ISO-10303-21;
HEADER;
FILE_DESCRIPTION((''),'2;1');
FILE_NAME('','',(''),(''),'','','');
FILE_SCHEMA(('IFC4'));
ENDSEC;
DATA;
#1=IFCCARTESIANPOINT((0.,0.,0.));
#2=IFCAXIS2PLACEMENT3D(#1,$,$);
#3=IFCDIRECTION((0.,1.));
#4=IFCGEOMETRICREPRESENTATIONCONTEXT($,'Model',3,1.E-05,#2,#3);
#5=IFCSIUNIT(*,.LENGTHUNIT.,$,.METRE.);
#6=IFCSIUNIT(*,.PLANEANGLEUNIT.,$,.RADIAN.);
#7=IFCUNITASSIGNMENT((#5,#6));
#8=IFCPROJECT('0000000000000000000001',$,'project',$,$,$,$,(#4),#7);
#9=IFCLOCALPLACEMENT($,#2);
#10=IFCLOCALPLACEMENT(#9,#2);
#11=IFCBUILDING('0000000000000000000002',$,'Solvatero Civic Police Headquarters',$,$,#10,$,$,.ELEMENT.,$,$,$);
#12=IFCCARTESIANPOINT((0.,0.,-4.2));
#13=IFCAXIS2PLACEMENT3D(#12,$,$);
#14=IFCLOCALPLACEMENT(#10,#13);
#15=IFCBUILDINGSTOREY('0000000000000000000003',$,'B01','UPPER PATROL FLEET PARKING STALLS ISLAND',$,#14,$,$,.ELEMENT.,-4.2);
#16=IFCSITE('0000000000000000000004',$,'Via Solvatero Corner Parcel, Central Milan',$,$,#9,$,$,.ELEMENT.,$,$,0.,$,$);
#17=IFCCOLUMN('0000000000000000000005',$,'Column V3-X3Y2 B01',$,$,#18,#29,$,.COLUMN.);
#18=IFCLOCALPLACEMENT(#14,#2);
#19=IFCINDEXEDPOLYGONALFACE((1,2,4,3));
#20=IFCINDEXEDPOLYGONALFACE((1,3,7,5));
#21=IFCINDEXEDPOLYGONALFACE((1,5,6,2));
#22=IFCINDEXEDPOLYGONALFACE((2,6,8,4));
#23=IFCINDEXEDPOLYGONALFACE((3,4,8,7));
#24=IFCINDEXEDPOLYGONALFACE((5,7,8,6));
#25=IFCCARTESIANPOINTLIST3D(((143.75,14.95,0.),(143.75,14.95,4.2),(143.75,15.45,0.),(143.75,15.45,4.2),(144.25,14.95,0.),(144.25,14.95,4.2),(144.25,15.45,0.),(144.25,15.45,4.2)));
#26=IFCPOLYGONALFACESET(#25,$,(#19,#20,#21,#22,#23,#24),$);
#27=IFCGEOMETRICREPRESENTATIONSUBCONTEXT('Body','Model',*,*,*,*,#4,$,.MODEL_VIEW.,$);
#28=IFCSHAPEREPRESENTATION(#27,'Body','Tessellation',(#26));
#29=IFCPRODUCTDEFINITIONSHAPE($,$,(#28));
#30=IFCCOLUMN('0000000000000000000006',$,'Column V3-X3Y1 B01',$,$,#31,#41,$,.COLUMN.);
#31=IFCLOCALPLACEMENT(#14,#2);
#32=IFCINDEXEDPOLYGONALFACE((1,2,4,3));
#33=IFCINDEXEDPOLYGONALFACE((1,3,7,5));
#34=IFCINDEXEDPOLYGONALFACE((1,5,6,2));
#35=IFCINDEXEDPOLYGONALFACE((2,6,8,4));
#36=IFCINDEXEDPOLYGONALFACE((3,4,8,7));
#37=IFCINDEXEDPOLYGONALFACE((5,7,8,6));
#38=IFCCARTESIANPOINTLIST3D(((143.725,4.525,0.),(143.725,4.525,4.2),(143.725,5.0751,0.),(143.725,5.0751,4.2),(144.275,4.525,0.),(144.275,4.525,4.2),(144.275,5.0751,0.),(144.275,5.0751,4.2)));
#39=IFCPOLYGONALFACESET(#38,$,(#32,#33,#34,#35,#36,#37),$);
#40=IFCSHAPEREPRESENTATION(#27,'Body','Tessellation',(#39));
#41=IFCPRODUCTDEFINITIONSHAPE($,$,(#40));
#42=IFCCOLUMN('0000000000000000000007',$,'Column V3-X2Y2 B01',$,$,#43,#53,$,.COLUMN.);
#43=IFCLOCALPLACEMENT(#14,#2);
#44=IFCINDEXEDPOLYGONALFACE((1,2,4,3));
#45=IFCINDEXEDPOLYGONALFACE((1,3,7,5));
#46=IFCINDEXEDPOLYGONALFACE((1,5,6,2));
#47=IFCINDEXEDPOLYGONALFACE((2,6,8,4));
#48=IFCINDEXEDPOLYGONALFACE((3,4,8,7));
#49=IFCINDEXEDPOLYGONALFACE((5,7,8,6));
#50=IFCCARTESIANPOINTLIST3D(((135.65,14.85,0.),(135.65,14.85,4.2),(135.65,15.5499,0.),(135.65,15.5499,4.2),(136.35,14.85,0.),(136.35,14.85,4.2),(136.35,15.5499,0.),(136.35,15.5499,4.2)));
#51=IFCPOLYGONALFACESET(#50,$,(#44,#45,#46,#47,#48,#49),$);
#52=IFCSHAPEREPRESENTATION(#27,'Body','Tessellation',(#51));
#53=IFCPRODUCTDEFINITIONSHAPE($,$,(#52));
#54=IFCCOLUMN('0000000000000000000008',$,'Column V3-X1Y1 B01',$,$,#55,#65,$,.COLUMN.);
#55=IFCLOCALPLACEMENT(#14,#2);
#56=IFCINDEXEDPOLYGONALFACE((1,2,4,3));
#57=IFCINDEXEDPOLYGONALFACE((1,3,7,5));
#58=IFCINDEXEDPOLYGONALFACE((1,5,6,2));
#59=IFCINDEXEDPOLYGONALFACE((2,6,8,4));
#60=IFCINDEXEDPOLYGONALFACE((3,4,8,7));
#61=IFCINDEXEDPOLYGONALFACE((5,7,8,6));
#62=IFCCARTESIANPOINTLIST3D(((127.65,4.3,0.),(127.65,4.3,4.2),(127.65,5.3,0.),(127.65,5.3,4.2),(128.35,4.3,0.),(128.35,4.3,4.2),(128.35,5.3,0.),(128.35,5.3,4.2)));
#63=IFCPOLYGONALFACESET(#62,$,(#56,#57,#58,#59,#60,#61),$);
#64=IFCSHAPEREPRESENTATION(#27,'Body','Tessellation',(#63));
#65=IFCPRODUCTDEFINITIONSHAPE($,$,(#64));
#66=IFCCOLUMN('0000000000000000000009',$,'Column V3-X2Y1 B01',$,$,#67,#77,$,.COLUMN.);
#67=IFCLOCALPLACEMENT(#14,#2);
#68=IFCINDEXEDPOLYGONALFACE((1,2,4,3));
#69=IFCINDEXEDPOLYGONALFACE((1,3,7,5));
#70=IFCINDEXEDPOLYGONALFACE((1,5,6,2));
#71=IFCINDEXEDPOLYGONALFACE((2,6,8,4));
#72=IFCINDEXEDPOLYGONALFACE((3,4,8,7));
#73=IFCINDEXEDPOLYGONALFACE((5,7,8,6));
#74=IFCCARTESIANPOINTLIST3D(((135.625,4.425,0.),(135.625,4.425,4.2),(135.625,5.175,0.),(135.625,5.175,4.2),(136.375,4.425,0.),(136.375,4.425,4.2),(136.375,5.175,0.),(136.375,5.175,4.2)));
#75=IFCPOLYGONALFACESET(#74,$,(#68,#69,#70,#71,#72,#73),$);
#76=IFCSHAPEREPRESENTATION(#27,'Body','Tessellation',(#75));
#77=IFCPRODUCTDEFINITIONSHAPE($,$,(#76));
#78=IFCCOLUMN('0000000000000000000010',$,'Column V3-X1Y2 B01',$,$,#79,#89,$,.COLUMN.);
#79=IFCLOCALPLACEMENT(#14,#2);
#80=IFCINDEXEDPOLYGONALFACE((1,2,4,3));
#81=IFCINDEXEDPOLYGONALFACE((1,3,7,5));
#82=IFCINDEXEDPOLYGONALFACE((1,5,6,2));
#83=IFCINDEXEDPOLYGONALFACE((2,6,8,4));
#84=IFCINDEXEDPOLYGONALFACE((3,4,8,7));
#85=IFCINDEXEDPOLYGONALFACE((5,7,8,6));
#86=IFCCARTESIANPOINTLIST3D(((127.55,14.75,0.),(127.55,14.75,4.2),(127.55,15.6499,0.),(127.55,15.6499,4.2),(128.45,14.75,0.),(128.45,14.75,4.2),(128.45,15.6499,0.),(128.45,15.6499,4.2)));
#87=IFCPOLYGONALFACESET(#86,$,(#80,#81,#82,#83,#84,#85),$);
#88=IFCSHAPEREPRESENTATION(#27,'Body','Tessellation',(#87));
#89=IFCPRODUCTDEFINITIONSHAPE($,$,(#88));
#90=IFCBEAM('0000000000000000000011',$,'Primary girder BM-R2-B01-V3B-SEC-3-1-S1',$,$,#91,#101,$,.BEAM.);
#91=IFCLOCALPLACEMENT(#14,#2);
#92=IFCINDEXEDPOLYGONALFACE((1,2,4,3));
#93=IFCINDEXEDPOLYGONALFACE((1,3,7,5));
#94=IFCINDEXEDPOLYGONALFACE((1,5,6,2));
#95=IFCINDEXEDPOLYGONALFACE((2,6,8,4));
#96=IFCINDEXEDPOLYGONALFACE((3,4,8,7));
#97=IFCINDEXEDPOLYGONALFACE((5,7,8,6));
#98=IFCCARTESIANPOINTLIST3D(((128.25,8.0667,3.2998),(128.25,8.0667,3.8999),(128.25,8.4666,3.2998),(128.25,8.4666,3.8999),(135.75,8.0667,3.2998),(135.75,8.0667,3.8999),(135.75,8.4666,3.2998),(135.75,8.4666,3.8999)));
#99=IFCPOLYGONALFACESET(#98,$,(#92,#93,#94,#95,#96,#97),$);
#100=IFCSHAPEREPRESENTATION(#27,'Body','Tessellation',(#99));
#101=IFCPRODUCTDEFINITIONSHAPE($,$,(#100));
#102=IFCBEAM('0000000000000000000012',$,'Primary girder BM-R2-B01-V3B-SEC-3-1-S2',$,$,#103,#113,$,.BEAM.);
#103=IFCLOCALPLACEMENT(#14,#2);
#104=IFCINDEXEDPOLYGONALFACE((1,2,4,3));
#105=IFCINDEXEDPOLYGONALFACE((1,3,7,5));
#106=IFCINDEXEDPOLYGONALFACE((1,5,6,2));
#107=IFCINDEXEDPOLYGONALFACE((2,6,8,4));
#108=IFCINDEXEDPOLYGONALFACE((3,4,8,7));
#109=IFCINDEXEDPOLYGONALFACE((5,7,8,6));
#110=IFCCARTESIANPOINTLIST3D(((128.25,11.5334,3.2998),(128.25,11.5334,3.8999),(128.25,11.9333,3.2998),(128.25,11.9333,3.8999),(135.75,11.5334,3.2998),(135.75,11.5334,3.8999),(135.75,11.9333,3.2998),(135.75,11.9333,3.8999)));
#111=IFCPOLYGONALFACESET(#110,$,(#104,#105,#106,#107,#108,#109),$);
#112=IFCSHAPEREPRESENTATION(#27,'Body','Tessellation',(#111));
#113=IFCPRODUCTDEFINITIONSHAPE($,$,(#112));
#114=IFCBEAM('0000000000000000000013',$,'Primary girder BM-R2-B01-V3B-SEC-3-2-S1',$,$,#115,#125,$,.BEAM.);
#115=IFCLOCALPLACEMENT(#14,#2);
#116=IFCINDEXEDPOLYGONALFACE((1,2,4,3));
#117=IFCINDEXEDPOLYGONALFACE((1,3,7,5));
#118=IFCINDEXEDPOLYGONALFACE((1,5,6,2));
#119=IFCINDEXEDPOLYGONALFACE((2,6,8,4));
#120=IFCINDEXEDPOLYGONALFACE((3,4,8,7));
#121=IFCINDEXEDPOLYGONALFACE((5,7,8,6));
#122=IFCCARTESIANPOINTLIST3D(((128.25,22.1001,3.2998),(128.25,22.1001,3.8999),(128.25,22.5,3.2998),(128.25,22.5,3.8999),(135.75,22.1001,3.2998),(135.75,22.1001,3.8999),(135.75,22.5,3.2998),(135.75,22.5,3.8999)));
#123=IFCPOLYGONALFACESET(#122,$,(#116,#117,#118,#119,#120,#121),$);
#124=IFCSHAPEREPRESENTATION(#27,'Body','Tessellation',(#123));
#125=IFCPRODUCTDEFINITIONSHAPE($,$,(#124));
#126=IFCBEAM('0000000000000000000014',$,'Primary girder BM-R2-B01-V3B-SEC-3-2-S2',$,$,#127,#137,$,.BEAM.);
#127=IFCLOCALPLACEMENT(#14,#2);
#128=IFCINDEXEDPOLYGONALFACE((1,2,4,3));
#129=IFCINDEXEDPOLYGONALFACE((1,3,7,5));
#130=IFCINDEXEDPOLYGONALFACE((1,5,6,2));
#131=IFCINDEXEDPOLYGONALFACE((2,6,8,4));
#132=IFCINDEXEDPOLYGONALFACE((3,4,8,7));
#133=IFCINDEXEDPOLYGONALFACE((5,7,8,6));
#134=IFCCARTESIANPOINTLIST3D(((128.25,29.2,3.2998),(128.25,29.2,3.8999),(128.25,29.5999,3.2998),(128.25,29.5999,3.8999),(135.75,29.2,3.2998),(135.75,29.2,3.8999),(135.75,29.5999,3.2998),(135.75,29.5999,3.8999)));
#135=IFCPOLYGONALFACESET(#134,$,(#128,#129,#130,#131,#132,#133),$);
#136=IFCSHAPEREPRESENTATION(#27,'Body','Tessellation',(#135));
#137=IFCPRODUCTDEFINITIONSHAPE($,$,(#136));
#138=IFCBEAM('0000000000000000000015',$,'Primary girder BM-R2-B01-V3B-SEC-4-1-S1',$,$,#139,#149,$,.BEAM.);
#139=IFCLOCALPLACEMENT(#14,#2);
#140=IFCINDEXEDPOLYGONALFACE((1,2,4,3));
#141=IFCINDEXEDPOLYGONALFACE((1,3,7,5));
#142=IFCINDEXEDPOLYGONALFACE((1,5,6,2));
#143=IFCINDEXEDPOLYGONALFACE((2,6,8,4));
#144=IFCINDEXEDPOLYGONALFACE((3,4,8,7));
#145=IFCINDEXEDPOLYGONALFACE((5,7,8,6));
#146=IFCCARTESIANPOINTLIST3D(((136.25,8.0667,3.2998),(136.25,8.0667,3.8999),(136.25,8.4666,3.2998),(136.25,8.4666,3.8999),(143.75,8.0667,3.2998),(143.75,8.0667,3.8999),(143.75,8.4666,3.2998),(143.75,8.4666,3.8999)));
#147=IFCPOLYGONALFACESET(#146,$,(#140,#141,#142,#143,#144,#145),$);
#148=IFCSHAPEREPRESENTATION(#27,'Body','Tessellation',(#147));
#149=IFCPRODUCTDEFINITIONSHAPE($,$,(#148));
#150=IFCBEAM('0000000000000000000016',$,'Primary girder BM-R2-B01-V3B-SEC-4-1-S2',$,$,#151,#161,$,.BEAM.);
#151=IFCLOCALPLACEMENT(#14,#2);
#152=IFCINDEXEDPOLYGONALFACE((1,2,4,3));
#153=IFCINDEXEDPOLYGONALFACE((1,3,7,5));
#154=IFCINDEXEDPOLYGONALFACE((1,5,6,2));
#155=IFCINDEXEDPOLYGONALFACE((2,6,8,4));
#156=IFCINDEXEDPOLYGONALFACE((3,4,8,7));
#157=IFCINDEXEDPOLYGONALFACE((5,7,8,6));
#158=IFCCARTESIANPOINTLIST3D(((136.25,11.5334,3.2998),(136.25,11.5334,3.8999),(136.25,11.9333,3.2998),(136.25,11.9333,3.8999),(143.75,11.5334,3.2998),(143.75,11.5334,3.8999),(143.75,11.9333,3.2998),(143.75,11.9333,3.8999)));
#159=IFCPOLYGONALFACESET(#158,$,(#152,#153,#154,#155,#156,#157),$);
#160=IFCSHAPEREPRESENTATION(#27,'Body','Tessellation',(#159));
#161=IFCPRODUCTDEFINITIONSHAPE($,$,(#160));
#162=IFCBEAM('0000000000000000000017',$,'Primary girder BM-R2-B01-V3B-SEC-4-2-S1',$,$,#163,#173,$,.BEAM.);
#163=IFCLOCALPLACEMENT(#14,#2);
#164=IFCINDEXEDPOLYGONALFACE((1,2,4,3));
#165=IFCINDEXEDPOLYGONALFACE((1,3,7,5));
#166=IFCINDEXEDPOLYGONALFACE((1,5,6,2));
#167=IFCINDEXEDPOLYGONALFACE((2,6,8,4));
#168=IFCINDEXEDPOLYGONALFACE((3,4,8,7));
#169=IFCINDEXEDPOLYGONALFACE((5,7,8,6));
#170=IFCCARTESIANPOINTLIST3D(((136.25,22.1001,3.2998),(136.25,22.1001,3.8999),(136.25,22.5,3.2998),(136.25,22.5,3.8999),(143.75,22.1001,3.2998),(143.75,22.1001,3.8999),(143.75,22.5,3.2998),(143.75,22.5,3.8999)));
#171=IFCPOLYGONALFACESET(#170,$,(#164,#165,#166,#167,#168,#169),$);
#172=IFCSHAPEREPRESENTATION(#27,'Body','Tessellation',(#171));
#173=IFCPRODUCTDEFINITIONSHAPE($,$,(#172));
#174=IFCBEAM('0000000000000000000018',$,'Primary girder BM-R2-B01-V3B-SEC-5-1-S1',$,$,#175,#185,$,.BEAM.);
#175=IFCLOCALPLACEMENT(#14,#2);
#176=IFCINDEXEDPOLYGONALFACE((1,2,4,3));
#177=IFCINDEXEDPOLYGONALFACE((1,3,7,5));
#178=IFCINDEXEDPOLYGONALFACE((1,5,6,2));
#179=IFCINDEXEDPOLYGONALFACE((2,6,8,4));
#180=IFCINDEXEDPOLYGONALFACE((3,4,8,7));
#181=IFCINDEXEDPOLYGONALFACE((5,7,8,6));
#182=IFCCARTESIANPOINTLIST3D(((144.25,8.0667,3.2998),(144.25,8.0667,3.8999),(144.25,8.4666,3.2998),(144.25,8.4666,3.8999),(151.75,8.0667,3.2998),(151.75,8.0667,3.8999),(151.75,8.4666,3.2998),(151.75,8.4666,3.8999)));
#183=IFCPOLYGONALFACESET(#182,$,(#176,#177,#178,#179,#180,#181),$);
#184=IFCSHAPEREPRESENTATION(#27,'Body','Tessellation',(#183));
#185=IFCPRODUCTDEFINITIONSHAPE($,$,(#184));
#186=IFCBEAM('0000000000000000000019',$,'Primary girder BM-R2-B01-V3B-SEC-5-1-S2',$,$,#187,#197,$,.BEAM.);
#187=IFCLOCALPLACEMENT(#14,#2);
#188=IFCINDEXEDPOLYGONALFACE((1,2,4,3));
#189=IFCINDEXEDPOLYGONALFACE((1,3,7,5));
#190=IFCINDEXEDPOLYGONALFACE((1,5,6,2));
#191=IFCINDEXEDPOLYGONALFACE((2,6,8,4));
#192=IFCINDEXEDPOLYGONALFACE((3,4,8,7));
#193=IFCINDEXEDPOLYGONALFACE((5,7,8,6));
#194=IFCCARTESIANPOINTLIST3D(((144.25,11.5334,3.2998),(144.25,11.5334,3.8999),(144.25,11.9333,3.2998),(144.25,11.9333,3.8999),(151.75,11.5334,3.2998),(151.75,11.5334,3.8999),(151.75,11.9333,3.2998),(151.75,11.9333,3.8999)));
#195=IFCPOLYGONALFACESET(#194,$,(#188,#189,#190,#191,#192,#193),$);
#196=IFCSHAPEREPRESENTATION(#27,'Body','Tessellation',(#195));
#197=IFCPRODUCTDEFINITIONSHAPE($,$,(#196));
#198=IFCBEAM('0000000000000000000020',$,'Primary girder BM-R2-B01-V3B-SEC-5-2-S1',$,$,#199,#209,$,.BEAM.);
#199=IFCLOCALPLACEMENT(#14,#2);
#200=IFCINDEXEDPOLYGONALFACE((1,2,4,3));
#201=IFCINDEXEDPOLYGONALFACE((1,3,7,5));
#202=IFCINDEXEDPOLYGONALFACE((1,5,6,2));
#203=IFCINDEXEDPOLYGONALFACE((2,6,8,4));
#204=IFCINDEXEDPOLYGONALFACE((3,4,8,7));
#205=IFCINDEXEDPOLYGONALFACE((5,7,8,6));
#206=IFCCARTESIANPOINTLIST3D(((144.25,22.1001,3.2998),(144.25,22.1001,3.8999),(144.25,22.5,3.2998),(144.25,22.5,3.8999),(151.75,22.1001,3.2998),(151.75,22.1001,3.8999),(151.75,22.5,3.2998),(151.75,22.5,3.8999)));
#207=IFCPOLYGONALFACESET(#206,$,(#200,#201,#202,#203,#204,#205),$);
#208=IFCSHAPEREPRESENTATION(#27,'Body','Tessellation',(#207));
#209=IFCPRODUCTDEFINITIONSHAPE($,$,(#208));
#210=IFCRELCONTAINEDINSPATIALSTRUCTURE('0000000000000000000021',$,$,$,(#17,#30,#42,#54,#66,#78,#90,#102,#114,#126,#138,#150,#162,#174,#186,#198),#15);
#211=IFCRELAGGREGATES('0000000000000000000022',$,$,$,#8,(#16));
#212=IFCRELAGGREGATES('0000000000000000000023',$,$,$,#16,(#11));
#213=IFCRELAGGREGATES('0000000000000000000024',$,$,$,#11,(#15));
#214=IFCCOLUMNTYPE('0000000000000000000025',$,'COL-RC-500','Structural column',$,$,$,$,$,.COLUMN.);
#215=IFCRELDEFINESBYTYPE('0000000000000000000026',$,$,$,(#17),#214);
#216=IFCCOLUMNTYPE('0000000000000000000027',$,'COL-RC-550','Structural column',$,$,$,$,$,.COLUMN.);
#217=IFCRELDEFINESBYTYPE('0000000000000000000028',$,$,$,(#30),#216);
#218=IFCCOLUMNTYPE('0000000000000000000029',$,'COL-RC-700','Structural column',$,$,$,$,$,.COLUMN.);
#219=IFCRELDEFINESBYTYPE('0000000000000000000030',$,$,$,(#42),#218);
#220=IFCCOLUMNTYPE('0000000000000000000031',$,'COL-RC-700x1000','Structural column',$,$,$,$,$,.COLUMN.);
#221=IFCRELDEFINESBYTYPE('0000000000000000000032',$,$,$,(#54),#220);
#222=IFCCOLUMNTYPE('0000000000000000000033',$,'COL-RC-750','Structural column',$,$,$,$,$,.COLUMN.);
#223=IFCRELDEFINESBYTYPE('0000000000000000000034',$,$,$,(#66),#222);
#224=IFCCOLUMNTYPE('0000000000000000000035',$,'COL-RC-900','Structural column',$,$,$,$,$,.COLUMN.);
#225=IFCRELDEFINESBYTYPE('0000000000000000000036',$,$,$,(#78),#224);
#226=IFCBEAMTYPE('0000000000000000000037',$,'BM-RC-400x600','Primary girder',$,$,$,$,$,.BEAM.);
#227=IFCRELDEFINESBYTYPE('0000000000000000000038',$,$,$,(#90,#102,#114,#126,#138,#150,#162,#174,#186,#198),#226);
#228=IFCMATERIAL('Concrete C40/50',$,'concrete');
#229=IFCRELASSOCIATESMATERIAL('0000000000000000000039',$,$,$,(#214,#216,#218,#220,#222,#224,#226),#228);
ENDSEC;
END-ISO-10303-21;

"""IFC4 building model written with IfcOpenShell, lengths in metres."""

from ifc_helpers import new_model, si_unit, direction, frame, origin, origin_2d, place, context, subcontext, project, spatial, rectangle, extrude, material, material_profile, profile_set, type_object, element, save


model = new_model("IFC4")

# Units and contexts
model_context = context("Model", 3, precision=1e-05, world=origin(), true_north=direction((0.0, 1.0)))
body_context = subcontext(model_context, "Body", "Model", "MODEL_VIEW")
ifc_project = project(units=[si_unit("LENGTHUNIT", "METRE"), si_unit("PLANEANGLEUNIT", "RADIAN")], contexts=[model_context])

# Site, building, storey
site_placement = place(None, origin())
site = spatial("IfcSite", under=ifc_project, at=site_placement, Name="Via Solvatero Corner Parcel, Central Milan", CompositionType="ELEMENT", RefElevation=0.0)
building_placement = place(site_placement, origin())
building = spatial("IfcBuilding", under=site, at=building_placement, Name="Solvatero Civic Police Headquarters", CompositionType="ELEMENT")
storey_placement = place(building_placement, frame((0.0, 0.0, -4.2)))
storey = spatial("IfcBuildingStorey", under=building, at=storey_placement, Name="B01", Description="UPPER PATROL FLEET PARKING STALLS ISLAND", CompositionType="ELEMENT", Elevation=-4.2)

# Columns
ifc_material_1 = material(Name="Concrete C40/50", Category="concrete")
ifc_material_profile_1 = material_profile(ifc_material_1, rectangle(XDim=0.5, YDim=0.5, at=origin_2d()), Name="RC 500x500")
ifc_profile_set_1 = profile_set([ifc_material_profile_1], Name="Concrete C40/50")
column_type_1 = type_object("IfcColumnType", Name="COL-RC-500", Description="Structural column", PredefinedType="COLUMN", material=ifc_profile_set_1)
column_1_placement = place(storey_placement, frame((144.0, 15.2, 0.0), z_axis=(0.0, 0.0, 1.0), x_axis=(1.0, 0.0, 0.0)))
element("IfcColumn", 1, at=column_1_placement, inside=storey, type_object=column_type_1, Name="Column V3-X3Y2 B01", PredefinedType="COLUMN", context=body_context, shape_type="SweptSolid", body=[
    extrude(rectangle(XDim=0.5, YDim=0.5, at=origin_2d()), origin(), (0.0, 0.0, 1.0), 4.2),
])
ifc_material_profile_2 = material_profile(ifc_material_1, rectangle(XDim=0.55, YDim=0.55, at=origin_2d()), Name="RC 550x550")
ifc_profile_set_2 = profile_set([ifc_material_profile_2], Name="Concrete C40/50")
column_type_2 = type_object("IfcColumnType", Name="COL-RC-550", Description="Structural column", PredefinedType="COLUMN", material=ifc_profile_set_2)
column_2_placement = place(storey_placement, frame((144.0, 4.8, 0.0), z_axis=(0.0, 0.0, 1.0), x_axis=(1.0, 0.0, 0.0)))
element("IfcColumn", 2, at=column_2_placement, inside=storey, type_object=column_type_2, Name="Column V3-X3Y1 B01", PredefinedType="COLUMN", context=body_context, shape_type="SweptSolid", body=[
    extrude(rectangle(XDim=0.55, YDim=0.55, at=origin_2d()), origin(), (0.0, 0.0, 1.0), 4.2),
])
ifc_material_profile_3 = material_profile(ifc_material_1, rectangle(XDim=0.7, YDim=0.7, at=origin_2d()), Name="RC 700x700")
ifc_profile_set_3 = profile_set([ifc_material_profile_3], Name="Concrete C40/50")
column_type_3 = type_object("IfcColumnType", Name="COL-RC-700", Description="Structural column", PredefinedType="COLUMN", material=ifc_profile_set_3)
column_3_placement = place(storey_placement, frame((136.0, 15.2, 0.0), z_axis=(0.0, 0.0, 1.0), x_axis=(1.0, 0.0, 0.0)))
element("IfcColumn", 3, at=column_3_placement, inside=storey, type_object=column_type_3, Name="Column V3-X2Y2 B01", PredefinedType="COLUMN", context=body_context, shape_type="SweptSolid", body=[
    extrude(rectangle(XDim=0.7, YDim=0.7, at=origin_2d()), origin(), (0.0, 0.0, 1.0), 4.2),
])
ifc_material_profile_4 = material_profile(ifc_material_1, rectangle(XDim=0.7, YDim=1.0, at=origin_2d()), Name="RC 700x1000")
ifc_profile_set_4 = profile_set([ifc_material_profile_4], Name="Concrete C40/50")
column_type_4 = type_object("IfcColumnType", Name="COL-RC-700x1000", Description="Structural column", PredefinedType="COLUMN", material=ifc_profile_set_4)
column_4_placement = place(storey_placement, frame((128.0, 4.8, 0.0), z_axis=(0.0, 0.0, 1.0), x_axis=(1.0, 0.0, 0.0)))
element("IfcColumn", 4, at=column_4_placement, inside=storey, type_object=column_type_4, Name="Column V3-X1Y1 B01", PredefinedType="COLUMN", context=body_context, shape_type="SweptSolid", body=[
    extrude(rectangle(XDim=0.7, YDim=1.0, at=origin_2d()), origin(), (0.0, 0.0, 1.0), 4.2),
])
ifc_material_profile_5 = material_profile(ifc_material_1, rectangle(XDim=0.75, YDim=0.75, at=origin_2d()), Name="RC 750x750")
ifc_profile_set_5 = profile_set([ifc_material_profile_5], Name="Concrete C40/50")
column_type_5 = type_object("IfcColumnType", Name="COL-RC-750", Description="Structural column", PredefinedType="COLUMN", material=ifc_profile_set_5)
column_5_placement = place(storey_placement, frame((136.0, 4.8, 0.0), z_axis=(0.0, 0.0, 1.0), x_axis=(1.0, 0.0, 0.0)))
element("IfcColumn", 5, at=column_5_placement, inside=storey, type_object=column_type_5, Name="Column V3-X2Y1 B01", PredefinedType="COLUMN", context=body_context, shape_type="SweptSolid", body=[
    extrude(rectangle(XDim=0.75, YDim=0.75, at=origin_2d()), origin(), (0.0, 0.0, 1.0), 4.2),
])
ifc_material_profile_6 = material_profile(ifc_material_1, rectangle(XDim=0.8999, YDim=0.8999, at=origin_2d()), Name="RC 900x900")
ifc_profile_set_6 = profile_set([ifc_material_profile_6], Name="Concrete C40/50")
column_type_6 = type_object("IfcColumnType", Name="COL-RC-900", Description="Structural column", PredefinedType="COLUMN", material=ifc_profile_set_6)
column_6_placement = place(storey_placement, frame((128.0, 15.2, 0.0), z_axis=(0.0, 0.0, 1.0), x_axis=(1.0, 0.0, 0.0)))
element("IfcColumn", 6, at=column_6_placement, inside=storey, type_object=column_type_6, Name="Column V3-X1Y2 B01", PredefinedType="COLUMN", context=body_context, shape_type="SweptSolid", body=[
    extrude(rectangle(XDim=0.8999, YDim=0.8999, at=origin_2d()), origin(), (0.0, 0.0, 1.0), 4.2),
])

# Beams
ifc_material_profile_7 = material_profile(ifc_material_1, rectangle(XDim=0.3999, YDim=0.6001, at=origin_2d()), Name="RC 400x600")
ifc_profile_set_7 = profile_set([ifc_material_profile_7], Name="Concrete C40/50")
beam_type_1 = type_object("IfcBeamType", Name="BM-RC-400x600", Description="Primary girder", PredefinedType="BEAM", material=ifc_profile_set_7)
for number, where, z_axis, x_axis, name in (
    (7, (128.25, 8.2666, 3.5999), (1.0, 0.0, 0.0), (0.0, 1.0, 0.0), "Primary girder BM-R2-B01-V3B-SEC-3-1-S1"),
    (8, (128.25, 11.7334, 3.5999), (1.0, 0.0, 0.0), (0.0, 1.0, 0.0), "Primary girder BM-R2-B01-V3B-SEC-3-1-S2"),
    (9, (128.25, 22.3, 3.5999), (1.0, 0.0, 0.0), (0.0, 1.0, 0.0), "Primary girder BM-R2-B01-V3B-SEC-3-2-S1"),
    (10, (128.25, 29.3999, 3.5999), (1.0, 0.0, 0.0), (0.0, 1.0, 0.0), "Primary girder BM-R2-B01-V3B-SEC-3-2-S2"),
    (11, (136.25, 8.2666, 3.5999), (1.0, 0.0, 0.0), (0.0, 1.0, 0.0), "Primary girder BM-R2-B01-V3B-SEC-4-1-S1"),
    (12, (136.25, 11.7334, 3.5999), (1.0, 0.0, 0.0), (0.0, 1.0, 0.0), "Primary girder BM-R2-B01-V3B-SEC-4-1-S2"),
    (13, (136.25, 22.3, 3.5999), (1.0, 0.0, 0.0), (0.0, 1.0, 0.0), "Primary girder BM-R2-B01-V3B-SEC-4-2-S1"),
    (14, (144.25, 8.2666, 3.5999), (1.0, 0.0, 0.0), (0.0, 1.0, 0.0), "Primary girder BM-R2-B01-V3B-SEC-5-1-S1"),
    (15, (144.25, 11.7334, 3.5999), (1.0, 0.0, 0.0), (0.0, 1.0, 0.0), "Primary girder BM-R2-B01-V3B-SEC-5-1-S2"),
    (16, (144.25, 22.3, 3.5999), (1.0, 0.0, 0.0), (0.0, 1.0, 0.0), "Primary girder BM-R2-B01-V3B-SEC-5-2-S1"),
):
    element("IfcBeam", number, at=place(storey_placement, frame(where, z_axis=z_axis, x_axis=x_axis)), inside=storey, type_object=beam_type_1, Name=name, PredefinedType="BEAM", context=body_context, shape_type="SweptSolid", body=[
        extrude(rectangle(XDim=0.3999, YDim=0.6001, at=origin_2d()), origin(), (0.0, 0.0, 1.0), 7.5),
    ])

save(model, "model.ifc")
